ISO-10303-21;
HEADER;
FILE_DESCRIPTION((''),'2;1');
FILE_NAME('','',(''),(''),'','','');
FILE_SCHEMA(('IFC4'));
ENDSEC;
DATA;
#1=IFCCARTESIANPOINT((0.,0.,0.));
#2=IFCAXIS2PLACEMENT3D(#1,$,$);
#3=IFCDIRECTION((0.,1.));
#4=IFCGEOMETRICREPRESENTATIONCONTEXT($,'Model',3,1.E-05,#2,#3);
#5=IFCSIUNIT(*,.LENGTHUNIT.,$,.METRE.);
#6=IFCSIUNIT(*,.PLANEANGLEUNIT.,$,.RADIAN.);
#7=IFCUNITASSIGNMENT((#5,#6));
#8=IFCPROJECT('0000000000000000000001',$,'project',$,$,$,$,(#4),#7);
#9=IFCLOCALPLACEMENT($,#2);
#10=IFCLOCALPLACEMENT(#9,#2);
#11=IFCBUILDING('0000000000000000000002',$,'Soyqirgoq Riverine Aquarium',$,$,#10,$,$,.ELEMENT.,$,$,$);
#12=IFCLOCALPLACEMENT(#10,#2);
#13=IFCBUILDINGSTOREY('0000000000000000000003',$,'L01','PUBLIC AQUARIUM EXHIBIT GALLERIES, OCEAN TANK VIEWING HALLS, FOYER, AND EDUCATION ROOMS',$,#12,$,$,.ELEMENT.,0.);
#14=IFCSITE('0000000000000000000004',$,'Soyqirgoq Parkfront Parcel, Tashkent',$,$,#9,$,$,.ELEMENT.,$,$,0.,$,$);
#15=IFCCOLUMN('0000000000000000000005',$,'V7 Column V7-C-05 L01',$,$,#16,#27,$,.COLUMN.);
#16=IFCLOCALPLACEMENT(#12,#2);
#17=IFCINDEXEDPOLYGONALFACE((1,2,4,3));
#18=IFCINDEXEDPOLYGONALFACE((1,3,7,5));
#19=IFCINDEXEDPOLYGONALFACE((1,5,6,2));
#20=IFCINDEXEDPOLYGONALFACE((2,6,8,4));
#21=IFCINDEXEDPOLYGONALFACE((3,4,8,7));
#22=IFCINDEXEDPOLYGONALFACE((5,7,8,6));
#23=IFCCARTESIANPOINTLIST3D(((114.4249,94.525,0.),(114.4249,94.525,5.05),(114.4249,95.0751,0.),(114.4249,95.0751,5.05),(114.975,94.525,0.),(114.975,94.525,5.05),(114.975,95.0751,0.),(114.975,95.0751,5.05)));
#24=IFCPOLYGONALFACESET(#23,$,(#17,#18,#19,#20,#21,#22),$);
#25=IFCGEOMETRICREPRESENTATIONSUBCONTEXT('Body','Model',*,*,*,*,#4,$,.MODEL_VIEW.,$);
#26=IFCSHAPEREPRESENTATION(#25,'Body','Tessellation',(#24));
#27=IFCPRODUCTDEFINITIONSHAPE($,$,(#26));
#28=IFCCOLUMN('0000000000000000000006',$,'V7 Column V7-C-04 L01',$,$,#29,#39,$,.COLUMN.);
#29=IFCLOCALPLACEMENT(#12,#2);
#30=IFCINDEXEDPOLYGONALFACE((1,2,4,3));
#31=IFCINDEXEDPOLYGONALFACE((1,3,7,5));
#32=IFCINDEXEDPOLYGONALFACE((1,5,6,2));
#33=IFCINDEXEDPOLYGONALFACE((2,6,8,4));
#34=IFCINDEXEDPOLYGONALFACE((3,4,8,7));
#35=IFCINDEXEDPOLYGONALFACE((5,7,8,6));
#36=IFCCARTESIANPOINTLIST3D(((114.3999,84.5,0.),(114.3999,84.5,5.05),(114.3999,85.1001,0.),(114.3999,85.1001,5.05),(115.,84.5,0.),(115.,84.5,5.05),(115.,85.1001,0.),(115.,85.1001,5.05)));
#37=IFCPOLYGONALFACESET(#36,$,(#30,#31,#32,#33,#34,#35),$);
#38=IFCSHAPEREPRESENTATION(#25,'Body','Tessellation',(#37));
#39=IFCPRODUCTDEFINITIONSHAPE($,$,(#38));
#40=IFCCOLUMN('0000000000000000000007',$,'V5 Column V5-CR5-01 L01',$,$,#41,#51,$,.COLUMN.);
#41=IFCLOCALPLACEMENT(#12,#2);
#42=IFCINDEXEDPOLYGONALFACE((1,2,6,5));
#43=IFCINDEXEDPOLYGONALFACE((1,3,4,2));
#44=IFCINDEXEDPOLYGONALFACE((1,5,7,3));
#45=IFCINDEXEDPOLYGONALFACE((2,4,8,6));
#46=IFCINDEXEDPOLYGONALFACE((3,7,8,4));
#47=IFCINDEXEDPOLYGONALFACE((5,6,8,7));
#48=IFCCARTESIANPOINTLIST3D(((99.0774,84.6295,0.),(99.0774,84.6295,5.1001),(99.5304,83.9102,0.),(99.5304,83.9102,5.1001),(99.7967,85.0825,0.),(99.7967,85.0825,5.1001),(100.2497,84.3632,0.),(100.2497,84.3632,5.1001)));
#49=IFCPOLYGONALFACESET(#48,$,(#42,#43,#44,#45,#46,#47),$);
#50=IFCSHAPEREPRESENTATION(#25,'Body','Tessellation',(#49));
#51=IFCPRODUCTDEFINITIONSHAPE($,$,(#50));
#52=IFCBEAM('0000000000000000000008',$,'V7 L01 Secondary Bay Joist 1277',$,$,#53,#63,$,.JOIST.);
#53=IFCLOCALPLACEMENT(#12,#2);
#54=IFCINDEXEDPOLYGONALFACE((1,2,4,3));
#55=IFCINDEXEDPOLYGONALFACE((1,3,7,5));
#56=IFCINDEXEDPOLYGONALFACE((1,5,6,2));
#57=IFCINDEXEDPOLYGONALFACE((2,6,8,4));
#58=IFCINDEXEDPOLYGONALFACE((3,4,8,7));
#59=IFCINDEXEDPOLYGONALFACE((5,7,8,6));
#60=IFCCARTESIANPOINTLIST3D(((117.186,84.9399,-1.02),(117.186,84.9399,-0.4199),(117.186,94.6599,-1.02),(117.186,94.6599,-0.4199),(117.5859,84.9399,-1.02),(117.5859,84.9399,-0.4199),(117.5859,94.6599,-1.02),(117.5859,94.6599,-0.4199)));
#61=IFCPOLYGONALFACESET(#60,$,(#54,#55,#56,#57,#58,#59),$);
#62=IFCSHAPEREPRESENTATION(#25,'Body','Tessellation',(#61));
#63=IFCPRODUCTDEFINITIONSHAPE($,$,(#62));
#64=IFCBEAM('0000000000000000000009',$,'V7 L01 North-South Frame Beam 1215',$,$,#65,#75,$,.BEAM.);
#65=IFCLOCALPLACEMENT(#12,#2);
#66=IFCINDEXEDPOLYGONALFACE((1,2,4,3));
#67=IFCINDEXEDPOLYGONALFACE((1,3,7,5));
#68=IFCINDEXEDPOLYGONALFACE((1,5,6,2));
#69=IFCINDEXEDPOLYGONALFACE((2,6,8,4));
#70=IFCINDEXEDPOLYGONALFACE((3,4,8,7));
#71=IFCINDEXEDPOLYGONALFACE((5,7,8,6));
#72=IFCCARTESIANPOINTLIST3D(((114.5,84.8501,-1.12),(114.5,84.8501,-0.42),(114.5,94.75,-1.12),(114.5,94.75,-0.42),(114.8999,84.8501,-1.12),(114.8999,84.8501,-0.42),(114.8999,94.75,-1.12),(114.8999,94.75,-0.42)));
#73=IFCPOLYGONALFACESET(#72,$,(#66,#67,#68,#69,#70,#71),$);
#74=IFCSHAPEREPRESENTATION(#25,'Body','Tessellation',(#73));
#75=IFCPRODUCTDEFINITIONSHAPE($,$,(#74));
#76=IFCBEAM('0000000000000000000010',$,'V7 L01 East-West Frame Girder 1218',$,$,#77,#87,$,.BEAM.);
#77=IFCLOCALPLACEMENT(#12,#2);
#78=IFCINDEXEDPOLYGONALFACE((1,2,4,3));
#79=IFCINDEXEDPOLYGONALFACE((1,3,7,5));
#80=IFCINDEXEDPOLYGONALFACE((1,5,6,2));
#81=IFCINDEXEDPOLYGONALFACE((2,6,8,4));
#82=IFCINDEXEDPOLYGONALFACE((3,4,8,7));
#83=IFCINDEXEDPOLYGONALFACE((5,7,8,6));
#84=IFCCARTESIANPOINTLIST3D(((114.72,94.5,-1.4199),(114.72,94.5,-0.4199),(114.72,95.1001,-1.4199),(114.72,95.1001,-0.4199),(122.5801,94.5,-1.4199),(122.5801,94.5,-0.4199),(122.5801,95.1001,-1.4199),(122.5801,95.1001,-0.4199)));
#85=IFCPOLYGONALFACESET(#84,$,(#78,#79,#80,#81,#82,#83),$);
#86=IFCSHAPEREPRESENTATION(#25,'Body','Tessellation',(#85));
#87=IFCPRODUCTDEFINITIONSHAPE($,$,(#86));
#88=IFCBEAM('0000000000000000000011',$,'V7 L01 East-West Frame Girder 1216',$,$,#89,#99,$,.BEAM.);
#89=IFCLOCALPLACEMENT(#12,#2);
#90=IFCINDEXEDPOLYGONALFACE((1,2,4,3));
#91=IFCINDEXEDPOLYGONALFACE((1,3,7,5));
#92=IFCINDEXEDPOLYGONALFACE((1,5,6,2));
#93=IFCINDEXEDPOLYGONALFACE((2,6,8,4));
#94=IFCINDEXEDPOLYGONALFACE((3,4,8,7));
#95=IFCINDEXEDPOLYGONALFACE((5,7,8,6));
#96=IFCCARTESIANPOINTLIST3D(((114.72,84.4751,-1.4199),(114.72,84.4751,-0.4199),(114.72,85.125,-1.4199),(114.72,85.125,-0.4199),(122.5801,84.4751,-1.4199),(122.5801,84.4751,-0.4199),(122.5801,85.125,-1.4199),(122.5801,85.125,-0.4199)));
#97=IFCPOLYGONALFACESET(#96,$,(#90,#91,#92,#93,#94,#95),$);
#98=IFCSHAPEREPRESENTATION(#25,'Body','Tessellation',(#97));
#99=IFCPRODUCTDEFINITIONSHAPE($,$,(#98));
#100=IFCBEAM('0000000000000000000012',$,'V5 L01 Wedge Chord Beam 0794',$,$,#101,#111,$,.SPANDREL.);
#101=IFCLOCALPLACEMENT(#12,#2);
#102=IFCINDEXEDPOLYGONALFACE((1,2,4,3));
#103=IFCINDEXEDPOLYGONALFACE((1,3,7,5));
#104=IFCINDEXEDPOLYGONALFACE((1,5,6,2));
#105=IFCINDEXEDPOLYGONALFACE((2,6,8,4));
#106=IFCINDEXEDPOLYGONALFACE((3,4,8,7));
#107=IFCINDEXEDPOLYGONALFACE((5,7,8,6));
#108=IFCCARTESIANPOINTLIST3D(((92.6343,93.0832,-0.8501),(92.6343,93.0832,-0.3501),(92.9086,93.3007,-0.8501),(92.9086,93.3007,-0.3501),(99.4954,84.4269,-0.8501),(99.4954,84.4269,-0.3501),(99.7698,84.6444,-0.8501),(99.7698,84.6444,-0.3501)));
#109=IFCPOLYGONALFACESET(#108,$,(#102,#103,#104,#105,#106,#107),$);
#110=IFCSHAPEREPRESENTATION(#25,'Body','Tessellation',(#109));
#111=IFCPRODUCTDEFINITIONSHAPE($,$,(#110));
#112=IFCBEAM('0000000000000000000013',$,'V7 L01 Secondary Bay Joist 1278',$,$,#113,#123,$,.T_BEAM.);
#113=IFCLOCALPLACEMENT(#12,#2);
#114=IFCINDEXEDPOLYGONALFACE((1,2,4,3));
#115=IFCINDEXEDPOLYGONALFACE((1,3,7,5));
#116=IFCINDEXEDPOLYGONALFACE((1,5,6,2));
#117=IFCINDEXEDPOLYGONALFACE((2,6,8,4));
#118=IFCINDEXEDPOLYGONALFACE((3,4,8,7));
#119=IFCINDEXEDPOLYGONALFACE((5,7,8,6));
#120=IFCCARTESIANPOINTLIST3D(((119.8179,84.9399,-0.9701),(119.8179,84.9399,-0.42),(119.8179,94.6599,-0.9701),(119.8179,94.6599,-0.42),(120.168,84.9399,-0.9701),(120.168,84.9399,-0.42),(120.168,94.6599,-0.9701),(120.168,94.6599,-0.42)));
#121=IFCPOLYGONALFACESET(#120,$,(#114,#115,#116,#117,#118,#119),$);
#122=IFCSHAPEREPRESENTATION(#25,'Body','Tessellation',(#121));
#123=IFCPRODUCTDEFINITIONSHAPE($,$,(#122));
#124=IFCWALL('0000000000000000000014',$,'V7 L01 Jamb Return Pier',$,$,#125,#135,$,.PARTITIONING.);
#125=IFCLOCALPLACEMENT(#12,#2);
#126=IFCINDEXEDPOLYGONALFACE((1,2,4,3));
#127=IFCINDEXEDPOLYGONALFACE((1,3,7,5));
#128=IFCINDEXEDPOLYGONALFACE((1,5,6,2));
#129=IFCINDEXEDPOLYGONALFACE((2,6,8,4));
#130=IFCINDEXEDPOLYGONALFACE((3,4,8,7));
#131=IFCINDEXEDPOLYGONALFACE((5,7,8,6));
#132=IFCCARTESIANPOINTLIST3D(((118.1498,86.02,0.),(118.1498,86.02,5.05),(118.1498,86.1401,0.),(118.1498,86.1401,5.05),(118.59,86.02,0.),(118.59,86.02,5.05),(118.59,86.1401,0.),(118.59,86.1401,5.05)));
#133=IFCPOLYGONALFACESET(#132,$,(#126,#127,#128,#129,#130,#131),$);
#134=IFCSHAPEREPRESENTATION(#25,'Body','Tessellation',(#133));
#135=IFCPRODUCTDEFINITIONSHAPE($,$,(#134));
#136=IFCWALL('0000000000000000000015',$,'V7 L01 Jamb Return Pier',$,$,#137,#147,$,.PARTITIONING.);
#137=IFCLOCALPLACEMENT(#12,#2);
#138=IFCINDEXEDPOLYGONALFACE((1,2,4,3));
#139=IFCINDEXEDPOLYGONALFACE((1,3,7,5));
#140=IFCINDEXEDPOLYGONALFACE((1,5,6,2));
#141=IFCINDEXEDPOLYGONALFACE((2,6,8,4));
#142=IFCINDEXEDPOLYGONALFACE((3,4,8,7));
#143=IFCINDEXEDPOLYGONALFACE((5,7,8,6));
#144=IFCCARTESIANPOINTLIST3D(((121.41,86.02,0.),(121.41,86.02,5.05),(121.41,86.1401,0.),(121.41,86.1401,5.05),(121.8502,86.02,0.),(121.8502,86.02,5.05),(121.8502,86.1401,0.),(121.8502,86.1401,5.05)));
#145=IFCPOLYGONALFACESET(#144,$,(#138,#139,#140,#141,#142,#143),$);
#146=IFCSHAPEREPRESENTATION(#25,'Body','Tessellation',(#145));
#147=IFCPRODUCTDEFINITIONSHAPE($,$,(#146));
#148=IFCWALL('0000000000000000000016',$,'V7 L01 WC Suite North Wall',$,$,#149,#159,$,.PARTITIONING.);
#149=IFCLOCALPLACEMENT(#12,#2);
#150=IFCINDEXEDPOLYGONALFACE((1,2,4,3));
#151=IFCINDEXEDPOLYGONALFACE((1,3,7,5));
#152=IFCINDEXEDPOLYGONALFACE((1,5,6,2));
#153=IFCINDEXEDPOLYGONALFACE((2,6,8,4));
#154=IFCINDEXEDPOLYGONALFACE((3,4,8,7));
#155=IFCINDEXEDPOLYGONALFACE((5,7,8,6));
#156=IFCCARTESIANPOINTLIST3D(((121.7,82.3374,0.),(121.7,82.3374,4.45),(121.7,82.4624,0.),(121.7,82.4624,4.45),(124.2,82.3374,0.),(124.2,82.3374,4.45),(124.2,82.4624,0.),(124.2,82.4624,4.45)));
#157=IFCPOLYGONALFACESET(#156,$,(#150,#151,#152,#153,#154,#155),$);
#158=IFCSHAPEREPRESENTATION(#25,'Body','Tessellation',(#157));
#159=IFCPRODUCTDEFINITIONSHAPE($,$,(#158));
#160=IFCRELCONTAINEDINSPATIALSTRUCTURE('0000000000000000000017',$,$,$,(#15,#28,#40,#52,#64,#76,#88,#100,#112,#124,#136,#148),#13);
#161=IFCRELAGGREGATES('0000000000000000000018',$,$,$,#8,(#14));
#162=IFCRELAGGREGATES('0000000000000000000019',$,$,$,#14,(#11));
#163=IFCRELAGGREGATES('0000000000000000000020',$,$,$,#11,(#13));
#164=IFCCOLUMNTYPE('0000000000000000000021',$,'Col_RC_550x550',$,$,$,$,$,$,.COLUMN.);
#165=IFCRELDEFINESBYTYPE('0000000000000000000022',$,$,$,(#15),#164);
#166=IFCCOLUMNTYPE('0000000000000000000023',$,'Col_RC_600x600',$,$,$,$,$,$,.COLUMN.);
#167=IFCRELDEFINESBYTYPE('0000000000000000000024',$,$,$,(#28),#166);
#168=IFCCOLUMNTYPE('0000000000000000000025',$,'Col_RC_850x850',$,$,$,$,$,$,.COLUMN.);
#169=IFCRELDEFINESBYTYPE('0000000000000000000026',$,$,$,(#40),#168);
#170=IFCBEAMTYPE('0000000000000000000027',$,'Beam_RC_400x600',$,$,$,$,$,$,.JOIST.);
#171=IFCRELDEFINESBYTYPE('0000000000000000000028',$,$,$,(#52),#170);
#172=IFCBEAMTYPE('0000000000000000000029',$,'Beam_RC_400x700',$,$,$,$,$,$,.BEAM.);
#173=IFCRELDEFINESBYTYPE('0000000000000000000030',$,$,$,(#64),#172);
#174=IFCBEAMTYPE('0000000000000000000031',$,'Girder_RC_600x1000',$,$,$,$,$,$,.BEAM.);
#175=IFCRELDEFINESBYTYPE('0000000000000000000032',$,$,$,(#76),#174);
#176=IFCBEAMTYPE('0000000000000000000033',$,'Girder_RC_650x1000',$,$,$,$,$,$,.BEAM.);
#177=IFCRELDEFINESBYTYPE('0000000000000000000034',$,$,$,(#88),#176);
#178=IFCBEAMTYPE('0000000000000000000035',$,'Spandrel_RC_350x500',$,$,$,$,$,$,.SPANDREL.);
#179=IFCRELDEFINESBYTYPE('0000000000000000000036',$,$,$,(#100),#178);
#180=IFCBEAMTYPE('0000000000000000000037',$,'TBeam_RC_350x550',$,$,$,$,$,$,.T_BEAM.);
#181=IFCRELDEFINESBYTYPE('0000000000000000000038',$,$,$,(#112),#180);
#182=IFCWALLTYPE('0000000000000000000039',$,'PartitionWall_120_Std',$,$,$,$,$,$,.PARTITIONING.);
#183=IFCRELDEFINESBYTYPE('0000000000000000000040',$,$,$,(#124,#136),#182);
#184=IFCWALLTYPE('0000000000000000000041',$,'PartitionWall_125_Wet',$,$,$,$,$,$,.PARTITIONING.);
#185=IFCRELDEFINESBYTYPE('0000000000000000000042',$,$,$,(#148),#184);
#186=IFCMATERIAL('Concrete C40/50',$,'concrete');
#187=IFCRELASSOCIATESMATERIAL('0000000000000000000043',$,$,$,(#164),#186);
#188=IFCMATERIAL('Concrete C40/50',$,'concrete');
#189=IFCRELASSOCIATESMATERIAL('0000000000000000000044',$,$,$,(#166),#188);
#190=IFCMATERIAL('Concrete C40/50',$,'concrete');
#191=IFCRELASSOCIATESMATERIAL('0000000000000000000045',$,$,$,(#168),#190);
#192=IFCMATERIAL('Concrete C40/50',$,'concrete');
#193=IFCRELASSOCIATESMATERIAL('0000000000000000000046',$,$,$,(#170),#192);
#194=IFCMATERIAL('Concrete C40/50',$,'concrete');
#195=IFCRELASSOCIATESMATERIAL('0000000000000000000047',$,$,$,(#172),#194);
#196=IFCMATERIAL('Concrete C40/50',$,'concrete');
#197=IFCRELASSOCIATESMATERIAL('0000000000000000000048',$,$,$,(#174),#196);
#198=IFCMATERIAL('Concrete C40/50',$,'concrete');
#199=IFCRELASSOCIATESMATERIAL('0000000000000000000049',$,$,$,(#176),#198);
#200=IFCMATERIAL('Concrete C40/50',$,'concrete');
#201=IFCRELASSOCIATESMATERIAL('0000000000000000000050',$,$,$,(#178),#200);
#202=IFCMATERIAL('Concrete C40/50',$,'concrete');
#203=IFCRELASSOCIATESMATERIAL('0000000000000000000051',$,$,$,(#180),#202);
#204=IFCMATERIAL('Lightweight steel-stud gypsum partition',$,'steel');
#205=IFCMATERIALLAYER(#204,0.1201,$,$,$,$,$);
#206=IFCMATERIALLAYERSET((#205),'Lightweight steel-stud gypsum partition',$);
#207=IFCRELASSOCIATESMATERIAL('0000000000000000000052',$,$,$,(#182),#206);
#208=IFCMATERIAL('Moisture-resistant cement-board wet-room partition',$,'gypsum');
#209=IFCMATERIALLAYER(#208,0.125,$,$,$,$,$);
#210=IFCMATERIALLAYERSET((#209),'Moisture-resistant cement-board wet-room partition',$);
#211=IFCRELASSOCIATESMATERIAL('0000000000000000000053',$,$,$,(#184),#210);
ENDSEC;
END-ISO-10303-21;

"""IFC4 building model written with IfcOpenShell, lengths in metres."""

from ifc_helpers import new_model, si_unit, direction, frame, frame_2d, origin, origin_2d, place, context, subcontext, project, spatial, rectangle, extrude, material, layer, layer_set, material_profile, profile_set, type_object, element, save


model = new_model("IFC4")

# Units and contexts
model_context = context("Model", 3, precision=1e-05, world=origin(), true_north=direction((0.0, 1.0)))
body_context = subcontext(model_context, "Body", "Model", "MODEL_VIEW")
ifc_project = project(units=[si_unit("LENGTHUNIT", "METRE"), si_unit("PLANEANGLEUNIT", "RADIAN")], contexts=[model_context])

# Site, building, storey
site_placement = place(None, origin())
site = spatial("IfcSite", under=ifc_project, at=site_placement, Name="Soyqirgoq Parkfront Parcel, Tashkent", CompositionType="ELEMENT", RefElevation=0.0)
building_placement = place(site_placement, origin())
building = spatial("IfcBuilding", under=site, at=building_placement, Name="Soyqirgoq Riverine Aquarium", CompositionType="ELEMENT")
storey_placement = place(building_placement, origin())
storey = spatial("IfcBuildingStorey", under=building, at=storey_placement, Name="L01", Description="PUBLIC AQUARIUM EXHIBIT GALLERIES, OCEAN TANK VIEWING HALLS, FOYER, AND EDUCATION ROOMS", CompositionType="ELEMENT", Elevation=0.0)

# Columns
ifc_material_1 = material(Name="Concrete C40/50", Category="concrete")
ifc_material_profile_1 = material_profile(ifc_material_1, rectangle(XDim=0.55, YDim=0.55, at=origin_2d()), Name="RC 550x550")
ifc_profile_set_1 = profile_set([ifc_material_profile_1], Name="Concrete C40/50")
column_type_1 = type_object("IfcColumnType", Name="Col_RC_550x550", PredefinedType="COLUMN", material=ifc_profile_set_1)
column_1_placement = place(storey_placement, frame((114.7, 94.8, 0.0), z_axis=(0.0, 0.0, 1.0), x_axis=(1.0, 0.0, 0.0)))
element("IfcColumn", 1, at=column_1_placement, inside=storey, type_object=column_type_1, Name="V7 Column V7-C-05 L01", PredefinedType="COLUMN", context=body_context, shape_type="SweptSolid", body=[
    extrude(rectangle(XDim=0.55, YDim=0.55, at=origin_2d()), origin(), (0.0, 0.0, 1.0), 5.05),
])
ifc_material_2 = material(Name="Concrete C40/50", Category="concrete")
ifc_material_profile_2 = material_profile(ifc_material_2, rectangle(XDim=0.6001, YDim=0.6001, at=origin_2d()), Name="RC 600x600")
ifc_profile_set_2 = profile_set([ifc_material_profile_2], Name="Concrete C40/50")
column_type_2 = type_object("IfcColumnType", Name="Col_RC_600x600", PredefinedType="COLUMN", material=ifc_profile_set_2)
column_2_placement = place(storey_placement, frame((114.7, 84.8, 0.0), z_axis=(0.0, 0.0, 1.0), x_axis=(1.0, 0.0, 0.0)))
element("IfcColumn", 2, at=column_2_placement, inside=storey, type_object=column_type_2, Name="V7 Column V7-C-04 L01", PredefinedType="COLUMN", context=body_context, shape_type="SweptSolid", body=[
    extrude(rectangle(XDim=0.6001, YDim=0.6001, at=origin_2d()), origin(), (0.0, 0.0, 1.0), 5.05),
])
ifc_material_3 = material(Name="Concrete C40/50", Category="concrete")
ifc_material_profile_3 = material_profile(ifc_material_3, rectangle(XDim=0.8501, YDim=0.8501, at=origin_2d()), Name="RC 850x850")
ifc_profile_set_3 = profile_set([ifc_material_profile_3], Name="Concrete C40/50")
column_type_3 = type_object("IfcColumnType", Name="Col_RC_850x850", PredefinedType="COLUMN", material=ifc_profile_set_3)
column_3_placement = place(storey_placement, frame((99.6636, 84.4963, 0.0), z_axis=(0.0, 0.0, 1.0), x_axis=(0.846193, 0.532876, 0.0)))
element("IfcColumn", 3, at=column_3_placement, inside=storey, type_object=column_type_3, Name="V5 Column V5-CR5-01 L01", PredefinedType="COLUMN", context=body_context, shape_type="SweptSolid", body=[
    extrude(rectangle(XDim=0.8501, YDim=0.8501, at=origin_2d()), origin(), (0.0, 0.0, 1.0), 5.1001),
])

# Beams
ifc_material_4 = material(Name="Concrete C40/50", Category="concrete")
ifc_material_profile_4 = material_profile(ifc_material_4, rectangle(XDim=0.3999, YDim=0.6001, at=origin_2d()), Name="RC 400x600")
ifc_profile_set_4 = profile_set([ifc_material_profile_4], Name="Concrete C40/50")
beam_type_1 = type_object("IfcBeamType", Name="Beam_RC_400x600", PredefinedType="JOIST", material=ifc_profile_set_4)
beam_1_placement = place(storey_placement, frame((117.386, 84.9399, -0.72), z_axis=(0.0, 1.0, 0.0), x_axis=(-1.0, 0.0, 0.0)))
element("IfcBeam", 4, at=beam_1_placement, inside=storey, type_object=beam_type_1, Name="V7 L01 Secondary Bay Joist 1277", PredefinedType="JOIST", context=body_context, shape_type="SweptSolid", body=[
    extrude(rectangle(XDim=0.3999, YDim=0.6001, at=origin_2d()), origin(), (0.0, 0.0, 1.0), 9.72),
])
ifc_material_5 = material(Name="Concrete C40/50", Category="concrete")
ifc_material_profile_5 = material_profile(ifc_material_5, rectangle(XDim=0.3999, YDim=0.7, at=origin_2d()), Name="RC 400x700")
ifc_profile_set_5 = profile_set([ifc_material_profile_5], Name="Concrete C40/50")
beam_type_2 = type_object("IfcBeamType", Name="Beam_RC_400x700", PredefinedType="BEAM", material=ifc_profile_set_5)
beam_2_placement = place(storey_placement, frame((114.7, 84.8501, -0.77), z_axis=(0.0, 1.0, 0.0), x_axis=(-1.0, 0.0, 0.0)))
element("IfcBeam", 5, at=beam_2_placement, inside=storey, type_object=beam_type_2, Name="V7 L01 North-South Frame Beam 1215", PredefinedType="BEAM", context=body_context, shape_type="SweptSolid", body=[
    extrude(rectangle(XDim=0.3999, YDim=0.7, at=origin_2d()), origin(), (0.0, 0.0, 1.0), 9.8999),
])
ifc_material_6 = material(Name="Concrete C40/50", Category="concrete")
ifc_material_profile_6 = material_profile(ifc_material_6, rectangle(XDim=0.6001, YDim=1.0, at=origin_2d()), Name="RC 600x1000")
ifc_profile_set_6 = profile_set([ifc_material_profile_6], Name="Concrete C40/50")
beam_type_3 = type_object("IfcBeamType", Name="Girder_RC_600x1000", PredefinedType="BEAM", material=ifc_profile_set_6)
beam_3_placement = place(storey_placement, frame((114.72, 94.8, -0.9199), z_axis=(1.0, 0.0, 0.0), x_axis=(0.0, 1.0, 0.0)))
element("IfcBeam", 6, at=beam_3_placement, inside=storey, type_object=beam_type_3, Name="V7 L01 East-West Frame Girder 1218", PredefinedType="BEAM", context=body_context, shape_type="SweptSolid", body=[
    extrude(rectangle(XDim=0.6001, YDim=1.0, at=origin_2d()), origin(), (0.0, 0.0, 1.0), 7.8601),
])
ifc_material_7 = material(Name="Concrete C40/50", Category="concrete")
ifc_material_profile_7 = material_profile(ifc_material_7, rectangle(XDim=0.6499, YDim=1.0, at=origin_2d()), Name="RC 650x1000")
ifc_profile_set_7 = profile_set([ifc_material_profile_7], Name="Concrete C40/50")
beam_type_4 = type_object("IfcBeamType", Name="Girder_RC_650x1000", PredefinedType="BEAM", material=ifc_profile_set_7)
beam_4_placement = place(storey_placement, frame((114.72, 84.8, -0.9199), z_axis=(1.0, 0.0, 0.0), x_axis=(0.0, 1.0, 0.0)))
element("IfcBeam", 7, at=beam_4_placement, inside=storey, type_object=beam_type_4, Name="V7 L01 East-West Frame Girder 1216", PredefinedType="BEAM", context=body_context, shape_type="SweptSolid", body=[
    extrude(rectangle(XDim=0.6499, YDim=1.0, at=origin_2d()), origin(), (0.0, 0.0, 1.0), 7.8601),
])
ifc_material_8 = material(Name="Concrete C40/50", Category="concrete")
ifc_material_profile_8 = material_profile(ifc_material_8, rectangle(XDim=0.3501, YDim=0.5, at=origin_2d()), Name="RC 350x500")
ifc_profile_set_8 = profile_set([ifc_material_profile_8], Name="Concrete C40/50")
beam_type_5 = type_object("IfcBeamType", Name="Spandrel_RC_350x500", PredefinedType="SPANDREL", material=ifc_profile_set_8)
beam_5_placement = place(storey_placement, frame((99.6326, 84.5356, -0.6001), z_axis=(-0.62116, 0.783684, 0.0), x_axis=(-0.783684, -0.62116, 0.0)))
element("IfcBeam", 8, at=beam_5_placement, inside=storey, type_object=beam_type_5, Name="V5 L01 Wedge Chord Beam 0794", PredefinedType="SPANDREL", context=body_context, shape_type="SweptSolid", body=[
    extrude(rectangle(XDim=0.3501, YDim=0.5, at=origin_2d()), origin(), (0.0, 0.0, 1.0), 11.0457),
])
ifc_material_9 = material(Name="Concrete C40/50", Category="concrete")
ifc_material_profile_9 = material_profile(ifc_material_9, rectangle(XDim=0.3501, YDim=0.55, at=origin_2d()), Name="RC 350x550")
ifc_profile_set_9 = profile_set([ifc_material_profile_9], Name="Concrete C40/50")
beam_type_6 = type_object("IfcBeamType", Name="TBeam_RC_350x550", PredefinedType="T_BEAM", material=ifc_profile_set_9)
beam_6_placement = place(storey_placement, frame((119.9929, 84.9399, -0.6951), z_axis=(0.0, 1.0, 0.0), x_axis=(-1.0, 0.0, 0.0)))
element("IfcBeam", 9, at=beam_6_placement, inside=storey, type_object=beam_type_6, Name="V7 L01 Secondary Bay Joist 1278", PredefinedType="T_BEAM", context=body_context, shape_type="SweptSolid", body=[
    extrude(rectangle(XDim=0.3501, YDim=0.55, at=origin_2d()), origin(), (0.0, 0.0, 1.0), 9.72),
])

# Walls
ifc_material_10 = material(Name="Lightweight steel-stud gypsum partition", Category="steel")
ifc_layer_1 = layer(ifc_material_10, 0.1201)
ifc_layer_set_1 = layer_set([ifc_layer_1], Name="Lightweight steel-stud gypsum partition")
wall_type_1 = type_object("IfcWallType", Name="PartitionWall_120_Std", PredefinedType="PARTITIONING", material=ifc_layer_set_1)
for number, where, z_axis, x_axis, name in (
    (10, (118.5901, 86.0801, 0.0), (0.0, 0.0, 1.0), (-1.0, 0.0, 0.0), "V7 L01 Jamb Return Pier"),
    (11, (121.4099, 86.0801, 0.0), (0.0, 0.0, 1.0), (1.0, 0.0, 0.0), "V7 L01 Jamb Return Pier"),
):
    element("IfcWall", number, at=place(storey_placement, frame(where, z_axis=z_axis, x_axis=x_axis)), inside=storey, type_object=wall_type_1, Name=name, PredefinedType="PARTITIONING", context=body_context, shape_type="SweptSolid", body=[
        extrude(rectangle(XDim=0.4402, YDim=0.1201, at=frame_2d((0.2202, 0.0))), origin(), (0.0, 0.0, 1.0), 5.05),
    ])
ifc_material_11 = material(Name="Moisture-resistant cement-board wet-room partition", Category="gypsum")
ifc_layer_2 = layer(ifc_material_11, 0.125)
ifc_layer_set_2 = layer_set([ifc_layer_2], Name="Moisture-resistant cement-board wet-room partition")
wall_type_2 = type_object("IfcWallType", Name="PartitionWall_125_Wet", PredefinedType="PARTITIONING", material=ifc_layer_set_2)
wall_1_placement = place(storey_placement, frame((121.7, 82.3999, 0.0), z_axis=(0.0, 0.0, 1.0), x_axis=(1.0, 0.0, 0.0)))
element("IfcWall", 12, at=wall_1_placement, inside=storey, type_object=wall_type_2, Name="V7 L01 WC Suite North Wall", PredefinedType="PARTITIONING", context=body_context, shape_type="SweptSolid", body=[
    extrude(rectangle(XDim=2.5, YDim=0.125, at=frame_2d((1.25, 0.0))), origin(), (0.0, 0.0, 1.0), 4.45),
])

save(model, "model.ifc")
